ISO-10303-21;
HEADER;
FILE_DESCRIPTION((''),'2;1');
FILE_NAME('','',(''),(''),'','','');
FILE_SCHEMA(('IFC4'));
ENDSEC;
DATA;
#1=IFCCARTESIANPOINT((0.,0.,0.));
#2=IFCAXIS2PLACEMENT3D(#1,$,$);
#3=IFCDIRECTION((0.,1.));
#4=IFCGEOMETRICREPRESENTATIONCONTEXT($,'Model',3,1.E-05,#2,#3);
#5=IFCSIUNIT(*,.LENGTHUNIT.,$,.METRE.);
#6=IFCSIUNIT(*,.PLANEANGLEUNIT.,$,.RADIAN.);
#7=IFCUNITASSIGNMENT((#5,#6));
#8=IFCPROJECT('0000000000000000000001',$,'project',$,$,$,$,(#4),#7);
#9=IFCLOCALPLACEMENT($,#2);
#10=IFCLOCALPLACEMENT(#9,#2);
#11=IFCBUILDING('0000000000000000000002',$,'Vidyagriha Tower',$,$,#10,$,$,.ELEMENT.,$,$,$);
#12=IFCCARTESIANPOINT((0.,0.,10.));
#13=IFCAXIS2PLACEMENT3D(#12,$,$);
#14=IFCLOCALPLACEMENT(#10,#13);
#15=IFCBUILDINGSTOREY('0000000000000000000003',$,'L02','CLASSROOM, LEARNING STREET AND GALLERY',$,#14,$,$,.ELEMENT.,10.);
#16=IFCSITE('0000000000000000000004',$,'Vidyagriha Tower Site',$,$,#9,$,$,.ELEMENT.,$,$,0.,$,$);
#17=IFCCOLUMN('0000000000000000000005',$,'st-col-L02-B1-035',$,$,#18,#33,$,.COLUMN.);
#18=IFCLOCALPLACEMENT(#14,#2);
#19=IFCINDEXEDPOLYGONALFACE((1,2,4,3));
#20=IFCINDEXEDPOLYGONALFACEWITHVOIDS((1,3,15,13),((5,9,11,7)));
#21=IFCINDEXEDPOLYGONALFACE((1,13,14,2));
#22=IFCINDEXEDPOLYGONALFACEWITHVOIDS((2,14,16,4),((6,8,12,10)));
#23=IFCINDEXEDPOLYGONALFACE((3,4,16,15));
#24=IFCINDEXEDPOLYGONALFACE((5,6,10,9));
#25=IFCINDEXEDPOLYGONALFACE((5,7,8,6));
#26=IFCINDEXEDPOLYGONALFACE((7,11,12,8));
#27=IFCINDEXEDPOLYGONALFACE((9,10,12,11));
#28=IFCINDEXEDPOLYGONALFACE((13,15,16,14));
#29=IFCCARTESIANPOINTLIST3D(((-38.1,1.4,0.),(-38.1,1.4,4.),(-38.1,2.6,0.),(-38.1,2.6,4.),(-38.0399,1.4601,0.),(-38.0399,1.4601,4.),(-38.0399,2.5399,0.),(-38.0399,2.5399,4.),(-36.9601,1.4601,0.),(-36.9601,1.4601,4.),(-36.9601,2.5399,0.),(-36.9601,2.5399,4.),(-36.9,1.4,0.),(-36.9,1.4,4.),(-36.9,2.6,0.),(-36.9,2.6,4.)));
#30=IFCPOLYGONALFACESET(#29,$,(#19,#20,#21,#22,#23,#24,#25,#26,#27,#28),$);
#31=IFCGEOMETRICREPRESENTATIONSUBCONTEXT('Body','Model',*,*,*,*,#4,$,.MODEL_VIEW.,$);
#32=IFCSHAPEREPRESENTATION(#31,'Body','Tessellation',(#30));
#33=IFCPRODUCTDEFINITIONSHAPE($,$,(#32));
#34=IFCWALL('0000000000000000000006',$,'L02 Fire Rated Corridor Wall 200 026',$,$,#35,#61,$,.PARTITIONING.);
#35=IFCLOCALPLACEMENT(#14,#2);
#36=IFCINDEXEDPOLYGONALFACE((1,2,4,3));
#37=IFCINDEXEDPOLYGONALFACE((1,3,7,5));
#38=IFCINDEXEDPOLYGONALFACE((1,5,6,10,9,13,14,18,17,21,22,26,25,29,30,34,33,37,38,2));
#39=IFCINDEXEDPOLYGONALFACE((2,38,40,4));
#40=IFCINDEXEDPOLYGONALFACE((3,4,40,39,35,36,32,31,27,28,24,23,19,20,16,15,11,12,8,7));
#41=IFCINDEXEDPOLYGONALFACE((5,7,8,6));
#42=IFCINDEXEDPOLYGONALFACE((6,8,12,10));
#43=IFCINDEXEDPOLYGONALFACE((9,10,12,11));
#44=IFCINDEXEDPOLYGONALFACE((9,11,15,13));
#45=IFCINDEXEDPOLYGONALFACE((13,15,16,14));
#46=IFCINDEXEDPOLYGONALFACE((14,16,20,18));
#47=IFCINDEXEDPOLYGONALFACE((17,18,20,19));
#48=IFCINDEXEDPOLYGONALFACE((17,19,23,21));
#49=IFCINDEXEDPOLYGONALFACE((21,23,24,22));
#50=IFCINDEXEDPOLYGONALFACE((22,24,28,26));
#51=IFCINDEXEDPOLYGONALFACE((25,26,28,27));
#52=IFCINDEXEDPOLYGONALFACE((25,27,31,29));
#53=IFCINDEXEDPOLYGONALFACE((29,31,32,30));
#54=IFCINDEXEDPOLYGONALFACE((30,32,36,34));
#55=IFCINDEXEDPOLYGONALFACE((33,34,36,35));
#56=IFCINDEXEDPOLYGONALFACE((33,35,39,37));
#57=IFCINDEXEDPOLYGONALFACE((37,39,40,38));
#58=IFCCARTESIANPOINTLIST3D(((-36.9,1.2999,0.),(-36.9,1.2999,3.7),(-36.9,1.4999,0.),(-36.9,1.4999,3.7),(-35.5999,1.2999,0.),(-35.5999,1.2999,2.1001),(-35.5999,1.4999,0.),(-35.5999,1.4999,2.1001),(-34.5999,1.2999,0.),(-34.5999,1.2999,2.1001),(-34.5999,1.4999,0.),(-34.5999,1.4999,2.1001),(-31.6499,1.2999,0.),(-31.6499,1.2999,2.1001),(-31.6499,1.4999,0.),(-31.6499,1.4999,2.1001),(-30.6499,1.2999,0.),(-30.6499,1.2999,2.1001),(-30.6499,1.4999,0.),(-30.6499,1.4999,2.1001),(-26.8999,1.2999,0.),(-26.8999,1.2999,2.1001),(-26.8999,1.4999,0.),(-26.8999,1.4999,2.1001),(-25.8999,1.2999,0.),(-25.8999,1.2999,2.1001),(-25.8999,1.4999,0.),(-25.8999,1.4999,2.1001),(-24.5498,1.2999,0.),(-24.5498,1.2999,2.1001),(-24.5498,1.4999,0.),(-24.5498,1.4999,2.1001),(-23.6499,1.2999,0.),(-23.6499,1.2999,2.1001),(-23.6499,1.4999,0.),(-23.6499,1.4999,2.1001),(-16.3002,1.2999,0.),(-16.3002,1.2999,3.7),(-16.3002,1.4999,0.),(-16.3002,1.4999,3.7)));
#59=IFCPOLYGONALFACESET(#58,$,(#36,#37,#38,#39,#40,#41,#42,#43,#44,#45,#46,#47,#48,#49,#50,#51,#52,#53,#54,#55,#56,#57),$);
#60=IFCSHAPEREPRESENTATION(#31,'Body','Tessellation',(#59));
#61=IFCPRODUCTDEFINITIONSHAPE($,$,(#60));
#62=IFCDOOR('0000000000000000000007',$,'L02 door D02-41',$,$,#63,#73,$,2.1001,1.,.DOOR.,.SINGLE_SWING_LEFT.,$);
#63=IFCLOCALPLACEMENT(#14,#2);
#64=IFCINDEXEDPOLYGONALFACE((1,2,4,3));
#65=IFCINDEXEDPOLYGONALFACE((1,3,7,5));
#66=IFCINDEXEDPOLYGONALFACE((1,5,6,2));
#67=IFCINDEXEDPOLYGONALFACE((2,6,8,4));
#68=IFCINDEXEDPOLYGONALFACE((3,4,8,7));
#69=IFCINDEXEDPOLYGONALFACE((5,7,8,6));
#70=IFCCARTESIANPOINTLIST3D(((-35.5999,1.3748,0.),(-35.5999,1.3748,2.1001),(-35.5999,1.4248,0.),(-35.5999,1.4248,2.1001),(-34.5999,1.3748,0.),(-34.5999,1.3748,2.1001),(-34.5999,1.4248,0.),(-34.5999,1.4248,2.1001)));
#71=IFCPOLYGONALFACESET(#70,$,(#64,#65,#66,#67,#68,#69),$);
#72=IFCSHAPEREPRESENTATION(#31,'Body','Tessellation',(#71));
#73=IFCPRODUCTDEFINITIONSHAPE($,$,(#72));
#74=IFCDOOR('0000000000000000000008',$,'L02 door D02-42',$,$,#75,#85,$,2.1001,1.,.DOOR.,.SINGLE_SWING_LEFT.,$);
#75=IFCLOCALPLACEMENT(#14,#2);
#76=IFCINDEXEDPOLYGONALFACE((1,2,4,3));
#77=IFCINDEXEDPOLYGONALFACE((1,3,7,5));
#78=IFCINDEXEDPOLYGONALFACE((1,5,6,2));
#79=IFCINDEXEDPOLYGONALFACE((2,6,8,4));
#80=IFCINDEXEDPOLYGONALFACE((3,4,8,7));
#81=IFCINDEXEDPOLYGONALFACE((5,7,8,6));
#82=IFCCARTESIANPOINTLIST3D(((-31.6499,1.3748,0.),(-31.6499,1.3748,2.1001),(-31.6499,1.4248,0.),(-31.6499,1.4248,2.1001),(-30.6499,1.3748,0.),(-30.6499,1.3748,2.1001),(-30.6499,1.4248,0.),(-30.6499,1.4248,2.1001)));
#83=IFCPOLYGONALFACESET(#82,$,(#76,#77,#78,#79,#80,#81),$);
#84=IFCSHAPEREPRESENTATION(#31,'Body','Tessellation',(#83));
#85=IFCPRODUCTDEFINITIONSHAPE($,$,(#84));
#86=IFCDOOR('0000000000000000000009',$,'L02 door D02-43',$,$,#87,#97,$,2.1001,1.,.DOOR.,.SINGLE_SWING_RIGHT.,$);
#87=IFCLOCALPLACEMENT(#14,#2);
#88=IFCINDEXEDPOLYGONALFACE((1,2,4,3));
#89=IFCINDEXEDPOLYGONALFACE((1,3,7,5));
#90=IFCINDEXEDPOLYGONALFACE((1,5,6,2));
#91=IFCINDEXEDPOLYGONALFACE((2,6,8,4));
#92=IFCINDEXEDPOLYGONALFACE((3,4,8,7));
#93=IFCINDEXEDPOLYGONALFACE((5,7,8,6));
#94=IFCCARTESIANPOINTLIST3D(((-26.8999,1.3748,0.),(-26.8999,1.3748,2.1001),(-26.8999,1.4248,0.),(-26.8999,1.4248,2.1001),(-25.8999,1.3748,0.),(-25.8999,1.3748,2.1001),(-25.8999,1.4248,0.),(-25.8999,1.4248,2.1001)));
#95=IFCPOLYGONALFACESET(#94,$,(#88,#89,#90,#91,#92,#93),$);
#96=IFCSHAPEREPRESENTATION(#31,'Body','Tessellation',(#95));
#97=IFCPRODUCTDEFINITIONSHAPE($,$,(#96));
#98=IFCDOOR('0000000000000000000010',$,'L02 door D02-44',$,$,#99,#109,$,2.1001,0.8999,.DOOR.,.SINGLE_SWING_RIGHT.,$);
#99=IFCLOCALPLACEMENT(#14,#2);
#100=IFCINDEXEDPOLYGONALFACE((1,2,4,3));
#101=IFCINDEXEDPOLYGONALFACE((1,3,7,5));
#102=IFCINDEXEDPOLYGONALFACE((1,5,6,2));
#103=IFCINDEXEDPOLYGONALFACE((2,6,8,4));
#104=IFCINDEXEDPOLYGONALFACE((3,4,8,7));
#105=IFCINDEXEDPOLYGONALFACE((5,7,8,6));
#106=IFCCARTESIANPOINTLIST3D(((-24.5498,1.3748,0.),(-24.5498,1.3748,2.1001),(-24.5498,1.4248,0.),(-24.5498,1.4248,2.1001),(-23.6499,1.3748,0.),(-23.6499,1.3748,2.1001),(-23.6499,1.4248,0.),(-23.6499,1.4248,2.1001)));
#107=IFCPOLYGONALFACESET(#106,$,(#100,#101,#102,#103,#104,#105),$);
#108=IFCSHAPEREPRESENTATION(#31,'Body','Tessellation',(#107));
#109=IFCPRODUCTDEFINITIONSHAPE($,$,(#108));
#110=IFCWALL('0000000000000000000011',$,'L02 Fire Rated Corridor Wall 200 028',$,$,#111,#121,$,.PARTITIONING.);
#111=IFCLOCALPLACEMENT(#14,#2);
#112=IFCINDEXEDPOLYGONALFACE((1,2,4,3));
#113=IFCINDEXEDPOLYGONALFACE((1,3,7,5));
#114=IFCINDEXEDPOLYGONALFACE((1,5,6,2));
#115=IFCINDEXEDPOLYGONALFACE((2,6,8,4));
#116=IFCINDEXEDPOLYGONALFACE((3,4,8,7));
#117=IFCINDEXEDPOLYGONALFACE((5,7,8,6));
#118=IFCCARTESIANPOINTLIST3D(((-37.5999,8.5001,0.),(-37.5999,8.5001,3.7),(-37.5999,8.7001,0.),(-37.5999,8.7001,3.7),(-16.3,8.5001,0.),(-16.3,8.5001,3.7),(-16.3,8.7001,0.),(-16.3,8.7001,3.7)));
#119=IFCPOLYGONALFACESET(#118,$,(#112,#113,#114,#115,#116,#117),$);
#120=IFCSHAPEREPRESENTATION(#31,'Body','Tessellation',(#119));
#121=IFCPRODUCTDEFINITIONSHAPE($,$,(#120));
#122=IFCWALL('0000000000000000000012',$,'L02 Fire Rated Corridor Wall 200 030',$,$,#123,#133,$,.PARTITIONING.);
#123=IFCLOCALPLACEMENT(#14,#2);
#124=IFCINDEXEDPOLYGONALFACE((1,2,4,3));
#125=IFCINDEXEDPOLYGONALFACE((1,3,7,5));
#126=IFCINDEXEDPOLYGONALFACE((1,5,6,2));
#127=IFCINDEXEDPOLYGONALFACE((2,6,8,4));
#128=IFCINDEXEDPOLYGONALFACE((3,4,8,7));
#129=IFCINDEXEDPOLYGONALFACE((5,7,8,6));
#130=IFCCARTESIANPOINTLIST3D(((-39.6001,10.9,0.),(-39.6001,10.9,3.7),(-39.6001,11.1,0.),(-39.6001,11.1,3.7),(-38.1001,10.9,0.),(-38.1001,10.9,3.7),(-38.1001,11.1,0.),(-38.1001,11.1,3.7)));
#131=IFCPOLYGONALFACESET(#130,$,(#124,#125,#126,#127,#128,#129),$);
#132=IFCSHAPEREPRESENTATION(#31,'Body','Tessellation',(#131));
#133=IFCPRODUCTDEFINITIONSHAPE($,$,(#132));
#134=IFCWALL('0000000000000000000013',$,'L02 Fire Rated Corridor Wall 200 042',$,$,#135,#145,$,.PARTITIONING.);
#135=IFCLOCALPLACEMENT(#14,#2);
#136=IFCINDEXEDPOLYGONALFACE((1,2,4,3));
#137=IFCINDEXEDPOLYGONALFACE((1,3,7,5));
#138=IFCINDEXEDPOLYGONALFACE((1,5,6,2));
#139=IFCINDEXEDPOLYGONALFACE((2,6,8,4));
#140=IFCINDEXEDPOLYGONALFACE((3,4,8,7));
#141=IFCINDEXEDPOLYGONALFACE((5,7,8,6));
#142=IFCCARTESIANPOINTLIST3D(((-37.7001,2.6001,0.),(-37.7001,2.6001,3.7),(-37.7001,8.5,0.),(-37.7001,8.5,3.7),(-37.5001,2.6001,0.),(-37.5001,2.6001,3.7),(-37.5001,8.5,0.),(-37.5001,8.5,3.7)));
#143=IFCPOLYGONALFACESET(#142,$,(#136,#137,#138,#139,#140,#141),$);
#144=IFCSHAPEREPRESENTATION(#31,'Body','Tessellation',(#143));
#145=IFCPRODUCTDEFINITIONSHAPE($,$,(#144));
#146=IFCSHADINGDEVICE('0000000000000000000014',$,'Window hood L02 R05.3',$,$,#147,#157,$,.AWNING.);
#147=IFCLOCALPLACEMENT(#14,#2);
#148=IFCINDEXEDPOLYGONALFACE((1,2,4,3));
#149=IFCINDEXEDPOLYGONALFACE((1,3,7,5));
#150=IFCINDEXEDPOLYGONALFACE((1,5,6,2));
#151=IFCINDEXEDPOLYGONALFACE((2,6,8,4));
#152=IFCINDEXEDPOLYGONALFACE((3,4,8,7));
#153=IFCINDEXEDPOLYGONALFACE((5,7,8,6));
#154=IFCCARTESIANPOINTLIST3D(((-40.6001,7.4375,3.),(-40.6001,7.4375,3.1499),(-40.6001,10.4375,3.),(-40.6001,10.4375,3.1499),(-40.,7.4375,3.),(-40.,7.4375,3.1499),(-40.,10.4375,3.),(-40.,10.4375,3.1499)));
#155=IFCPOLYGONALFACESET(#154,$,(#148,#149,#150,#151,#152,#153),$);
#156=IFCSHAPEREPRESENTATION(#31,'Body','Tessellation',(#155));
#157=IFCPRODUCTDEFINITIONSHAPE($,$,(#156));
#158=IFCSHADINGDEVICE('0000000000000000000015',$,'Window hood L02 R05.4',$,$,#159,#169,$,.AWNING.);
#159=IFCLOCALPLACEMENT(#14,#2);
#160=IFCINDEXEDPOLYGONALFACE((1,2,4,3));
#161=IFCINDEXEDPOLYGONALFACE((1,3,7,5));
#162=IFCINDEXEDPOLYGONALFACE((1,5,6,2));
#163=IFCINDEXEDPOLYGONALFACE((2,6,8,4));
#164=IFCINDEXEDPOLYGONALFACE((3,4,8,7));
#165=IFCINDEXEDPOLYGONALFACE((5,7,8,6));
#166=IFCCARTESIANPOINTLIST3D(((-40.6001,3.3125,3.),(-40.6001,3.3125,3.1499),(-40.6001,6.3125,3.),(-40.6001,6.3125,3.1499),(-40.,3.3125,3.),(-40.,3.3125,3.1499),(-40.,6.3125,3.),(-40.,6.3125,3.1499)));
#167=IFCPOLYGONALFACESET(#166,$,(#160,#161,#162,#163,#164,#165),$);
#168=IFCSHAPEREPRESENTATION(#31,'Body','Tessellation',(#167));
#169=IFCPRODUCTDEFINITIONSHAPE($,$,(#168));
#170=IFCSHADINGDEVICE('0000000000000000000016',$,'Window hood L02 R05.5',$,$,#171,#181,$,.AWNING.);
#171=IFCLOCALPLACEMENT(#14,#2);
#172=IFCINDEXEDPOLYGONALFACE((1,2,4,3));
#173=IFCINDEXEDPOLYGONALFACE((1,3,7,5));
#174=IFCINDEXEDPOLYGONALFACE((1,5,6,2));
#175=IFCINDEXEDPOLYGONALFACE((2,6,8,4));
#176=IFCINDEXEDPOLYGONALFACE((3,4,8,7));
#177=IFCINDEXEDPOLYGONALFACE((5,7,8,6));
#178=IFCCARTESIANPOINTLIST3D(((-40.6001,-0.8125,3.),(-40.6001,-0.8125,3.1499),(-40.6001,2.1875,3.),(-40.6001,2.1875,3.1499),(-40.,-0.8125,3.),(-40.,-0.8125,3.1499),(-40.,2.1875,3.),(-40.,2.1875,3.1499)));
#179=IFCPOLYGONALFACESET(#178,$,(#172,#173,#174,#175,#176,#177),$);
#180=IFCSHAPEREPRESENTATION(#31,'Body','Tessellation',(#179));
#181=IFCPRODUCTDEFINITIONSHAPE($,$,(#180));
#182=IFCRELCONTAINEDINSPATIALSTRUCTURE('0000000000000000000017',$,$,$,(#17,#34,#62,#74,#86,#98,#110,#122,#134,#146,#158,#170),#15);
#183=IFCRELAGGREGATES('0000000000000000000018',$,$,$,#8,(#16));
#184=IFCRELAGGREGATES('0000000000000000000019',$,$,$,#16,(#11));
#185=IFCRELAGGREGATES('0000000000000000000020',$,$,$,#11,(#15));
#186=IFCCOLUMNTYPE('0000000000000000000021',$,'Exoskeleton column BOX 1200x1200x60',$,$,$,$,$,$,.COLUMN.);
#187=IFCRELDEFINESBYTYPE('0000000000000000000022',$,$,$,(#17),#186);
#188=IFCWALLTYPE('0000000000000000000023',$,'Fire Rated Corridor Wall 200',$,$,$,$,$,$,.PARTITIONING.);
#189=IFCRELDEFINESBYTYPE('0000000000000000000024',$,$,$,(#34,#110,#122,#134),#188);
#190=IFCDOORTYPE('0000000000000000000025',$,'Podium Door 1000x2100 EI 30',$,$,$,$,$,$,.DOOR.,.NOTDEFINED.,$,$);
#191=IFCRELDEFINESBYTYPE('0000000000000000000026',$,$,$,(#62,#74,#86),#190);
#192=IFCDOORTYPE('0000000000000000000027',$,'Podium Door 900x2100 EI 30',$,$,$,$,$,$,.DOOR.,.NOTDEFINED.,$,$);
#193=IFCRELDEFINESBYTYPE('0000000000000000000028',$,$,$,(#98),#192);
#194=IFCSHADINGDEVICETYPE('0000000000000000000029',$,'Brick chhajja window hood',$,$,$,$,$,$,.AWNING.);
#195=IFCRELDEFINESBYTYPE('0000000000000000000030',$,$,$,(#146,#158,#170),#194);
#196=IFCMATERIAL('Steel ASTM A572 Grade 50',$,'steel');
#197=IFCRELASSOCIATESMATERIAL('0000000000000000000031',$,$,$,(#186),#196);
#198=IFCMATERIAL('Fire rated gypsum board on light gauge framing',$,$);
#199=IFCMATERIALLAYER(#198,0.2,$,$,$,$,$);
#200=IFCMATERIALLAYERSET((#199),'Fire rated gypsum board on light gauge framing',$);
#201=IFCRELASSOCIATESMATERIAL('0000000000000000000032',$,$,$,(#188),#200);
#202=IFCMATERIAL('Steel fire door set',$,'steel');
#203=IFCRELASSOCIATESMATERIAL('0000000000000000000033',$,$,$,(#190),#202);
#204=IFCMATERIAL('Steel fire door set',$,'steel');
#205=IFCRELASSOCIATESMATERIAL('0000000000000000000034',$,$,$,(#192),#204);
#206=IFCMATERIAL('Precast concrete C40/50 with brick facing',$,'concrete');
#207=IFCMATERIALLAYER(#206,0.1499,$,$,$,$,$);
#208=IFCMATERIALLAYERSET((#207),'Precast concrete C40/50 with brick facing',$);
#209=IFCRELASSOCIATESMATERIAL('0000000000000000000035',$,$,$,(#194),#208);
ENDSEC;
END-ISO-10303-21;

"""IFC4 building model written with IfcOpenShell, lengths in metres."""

from ifc_helpers import new_model, si_unit, direction, frame, frame_2d, origin, origin_2d, place, context, subcontext, project, spatial, rectangle, hollow_rectangle, extrude, material, layer, layer_set, material_profile, profile_set, type_object, element, fill, save


model = new_model("IFC4")

# Units and contexts
model_context = context("Model", 3, precision=1e-05, world=origin(), true_north=direction((0.0, 1.0)))
body_context = subcontext(model_context, "Body", "Model", "MODEL_VIEW")
ifc_project = project(units=[si_unit("LENGTHUNIT", "METRE"), si_unit("PLANEANGLEUNIT", "RADIAN")], contexts=[model_context])

# Site, building, storey
site_placement = place(None, origin())
site = spatial("IfcSite", under=ifc_project, at=site_placement, Name="Vidyagriha Tower Site", CompositionType="ELEMENT", RefElevation=0.0)
building_placement = place(site_placement, origin())
building = spatial("IfcBuilding", under=site, at=building_placement, Name="Vidyagriha Tower", CompositionType="ELEMENT")
storey_placement = place(building_placement, frame((0.0, 0.0, 10.0)))
storey = spatial("IfcBuildingStorey", under=building, at=storey_placement, Name="L02", Description="CLASSROOM, LEARNING STREET AND GALLERY", CompositionType="ELEMENT", Elevation=10.0)

# Column
ifc_material_1 = material(Name="Steel ASTM A572 Grade 50", Category="steel")
ifc_material_profile = material_profile(ifc_material_1, hollow_rectangle(XDim=1.2, YDim=1.2, WallThickness=0.0601, at=origin_2d()), Name="BOX 1200x1200x60")
ifc_profile_set = profile_set([ifc_material_profile], Name="Steel ASTM A572 Grade 50")
column_type = type_object("IfcColumnType", Name="Exoskeleton column BOX 1200x1200x60", PredefinedType="COLUMN", material=ifc_profile_set)
column_placement = place(storey_placement, frame((-37.5, 2.0, 0.0)))
element("IfcColumn", 1, at=column_placement, inside=storey, type_object=column_type, Name="st-col-L02-B1-035", PredefinedType="COLUMN", context=body_context, shape_type="SweptSolid", body=[
    extrude(hollow_rectangle(XDim=1.2, YDim=1.2, WallThickness=0.0601, at=origin_2d()), origin(), (0.0, 0.0, 1.0), 4.0),
])

# Wall, openings, doors
ifc_material_2 = material(Name="Fire rated gypsum board on light gauge framing")
ifc_layer_1 = layer(ifc_material_2, 0.2)
ifc_layer_set_1 = layer_set([ifc_layer_1], Name="Fire rated gypsum board on light gauge framing")
wall_type = type_object("IfcWallType", Name="Fire Rated Corridor Wall 200", PredefinedType="PARTITIONING", material=ifc_layer_set_1)
wall_1_placement = place(storey_placement, frame((-36.8999, 1.3999, 0.0)))
wall_1 = element("IfcWall", 2, at=wall_1_placement, inside=storey, type_object=wall_type, Name="L02 Fire Rated Corridor Wall 200 026", PredefinedType="PARTITIONING", context=body_context, shape_type="SweptSolid", body=[
    extrude(rectangle(XDim=20.5999, YDim=0.2, at=frame_2d((10.2998, 0.0))), origin(), (0.0, 0.0, 1.0), 3.7),
])
opening_1_placement = place(wall_1_placement, frame((1.3, 0.0, 0.0)))
opening_1 = element("IfcOpeningElement", 3, at=opening_1_placement, cuts=wall_1, PredefinedType="OPENING", context=body_context, shape_type="SweptSolid", body=[
    extrude(rectangle(XDim=1.0, YDim=2.1001, at=frame_2d((0.5, 1.05))), frame((0.0, 0.1099, 0.0), z_axis=(0.0, -1.0, 0.0), x_axis=(1.0, 0.0, 0.0)), (0.0, 0.0, 1.0), 0.22),
])
opening_2_placement = place(wall_1_placement, frame((5.25, 0.0, 0.0)))
opening_2 = element("IfcOpeningElement", 4, at=opening_2_placement, cuts=wall_1, PredefinedType="OPENING", context=body_context, shape_type="SweptSolid", body=[
    extrude(rectangle(XDim=1.0, YDim=2.1001, at=frame_2d((0.5, 1.05))), frame((0.0, 0.1099, 0.0), z_axis=(0.0, -1.0, 0.0), x_axis=(1.0, 0.0, 0.0)), (0.0, 0.0, 1.0), 0.22),
])
opening_3_placement = place(wall_1_placement, frame((10.0, 0.0, 0.0)))
opening_3 = element("IfcOpeningElement", 5, at=opening_3_placement, cuts=wall_1, PredefinedType="OPENING", context=body_context, shape_type="SweptSolid", body=[
    extrude(rectangle(XDim=1.0, YDim=2.1001, at=frame_2d((0.5, 1.05))), frame((0.0, 0.1099, 0.0), z_axis=(0.0, -1.0, 0.0), x_axis=(1.0, 0.0, 0.0)), (0.0, 0.0, 1.0), 0.22),
])
opening_4_placement = place(wall_1_placement, frame((12.3501, 0.0, 0.0)))
opening_4 = element("IfcOpeningElement", 6, at=opening_4_placement, cuts=wall_1, PredefinedType="OPENING", context=body_context, shape_type="SweptSolid", body=[
    extrude(rectangle(XDim=0.8999, YDim=2.1001, at=frame_2d((0.45, 1.05))), frame((0.0, 0.1099, 0.0), z_axis=(0.0, -1.0, 0.0), x_axis=(1.0, 0.0, 0.0)), (0.0, 0.0, 1.0), 0.22),
])
ifc_material_3 = material(Name="Steel fire door set", Category="steel")
door_type_1 = type_object("IfcDoorType", Name="Podium Door 1000x2100 EI 30", OperationType="NOTDEFINED", PredefinedType="DOOR", material=ifc_material_3)
door_1_placement = place(opening_1_placement, origin())
door_1 = element("IfcDoor", 7, at=door_1_placement, inside=storey, type_object=door_type_1, Name="L02 door D02-41", OperationType="SINGLE_SWING_LEFT", OverallHeight=2.1001, OverallWidth=1.0, PredefinedType="DOOR", context=body_context, shape_type="SweptSolid", body=[
    extrude(rectangle(XDim=1.0, YDim=2.1001, at=frame_2d((0.5, 1.05))), frame((0.0, 0.0249, 0.0), z_axis=(0.0, -1.0, 0.0), x_axis=(1.0, 0.0, 0.0)), (0.0, 0.0, 1.0), 0.05),
])
fill(opening_1, door_1)
door_2_placement = place(opening_2_placement, origin())
door_2 = element("IfcDoor", 8, at=door_2_placement, inside=storey, type_object=door_type_1, Name="L02 door D02-42", OperationType="SINGLE_SWING_LEFT", OverallHeight=2.1001, OverallWidth=1.0, PredefinedType="DOOR", context=body_context, shape_type="SweptSolid", body=[
    extrude(rectangle(XDim=1.0, YDim=2.1001, at=frame_2d((0.5, 1.05))), frame((0.0, 0.0249, 0.0), z_axis=(0.0, -1.0, 0.0), x_axis=(1.0, 0.0, 0.0)), (0.0, 0.0, 1.0), 0.05),
])
fill(opening_2, door_2)
door_3_placement = place(opening_3_placement, origin())
door_3 = element("IfcDoor", 9, at=door_3_placement, inside=storey, type_object=door_type_1, Name="L02 door D02-43", OperationType="SINGLE_SWING_RIGHT", OverallHeight=2.1001, OverallWidth=1.0, PredefinedType="DOOR", context=body_context, shape_type="SweptSolid", body=[
    extrude(rectangle(XDim=1.0, YDim=2.1001, at=frame_2d((0.5, 1.05))), frame((0.0, 0.0249, 0.0), z_axis=(0.0, -1.0, 0.0), x_axis=(1.0, 0.0, 0.0)), (0.0, 0.0, 1.0), 0.05),
])
fill(opening_3, door_3)
ifc_material_4 = material(Name="Steel fire door set", Category="steel")
door_type_2 = type_object("IfcDoorType", Name="Podium Door 900x2100 EI 30", OperationType="NOTDEFINED", PredefinedType="DOOR", material=ifc_material_4)
door_4_placement = place(opening_4_placement, origin())
door_4 = element("IfcDoor", 10, at=door_4_placement, inside=storey, type_object=door_type_2, Name="L02 door D02-44", OperationType="SINGLE_SWING_RIGHT", OverallHeight=2.1001, OverallWidth=0.8999, PredefinedType="DOOR", context=body_context, shape_type="SweptSolid", body=[
    extrude(rectangle(XDim=0.8999, YDim=2.1001, at=frame_2d((0.45, 1.05))), frame((0.0, 0.0249, 0.0), z_axis=(0.0, -1.0, 0.0), x_axis=(1.0, 0.0, 0.0)), (0.0, 0.0, 1.0), 0.05),
])
fill(opening_4, door_4)

# Walls
wall_2_placement = place(storey_placement, frame((-37.5999, 8.6001, 0.0)))
element("IfcWall", 11, at=wall_2_placement, inside=storey, type_object=wall_type, Name="L02 Fire Rated Corridor Wall 200 028", PredefinedType="PARTITIONING", context=body_context, shape_type="SweptSolid", body=[
    extrude(rectangle(XDim=21.2998, YDim=0.2, at=frame_2d((10.6499, 0.0))), origin(), (0.0, 0.0, 1.0), 3.7),
])
wall_3_placement = place(storey_placement, frame((-39.6001, 11.0, 0.0)))
element("IfcWall", 12, at=wall_3_placement, inside=storey, type_object=wall_type, Name="L02 Fire Rated Corridor Wall 200 030", PredefinedType="PARTITIONING", context=body_context, shape_type="SweptSolid", body=[
    extrude(rectangle(XDim=1.5, YDim=0.2, at=frame_2d((0.75, 0.0))), origin(), (0.0, 0.0, 1.0), 3.7),
])
wall_4_placement = place(storey_placement, frame((-37.6001, 2.6001, 0.0), z_axis=(0.0, 0.0, 1.0), x_axis=(0.0, 1.0, 0.0)))
element("IfcWall", 13, at=wall_4_placement, inside=storey, type_object=wall_type, Name="L02 Fire Rated Corridor Wall 200 042", PredefinedType="PARTITIONING", context=body_context, shape_type="SweptSolid", body=[
    extrude(rectangle(XDim=5.8999, YDim=0.2, at=frame_2d((2.95, 0.0))), origin(), (0.0, 0.0, 1.0), 3.7),
])

# Shading devices
ifc_material_5 = material(Name="Precast concrete C40/50 with brick facing", Category="concrete")
ifc_layer_2 = layer(ifc_material_5, 0.1499)
ifc_layer_set_2 = layer_set([ifc_layer_2], Name="Precast concrete C40/50 with brick facing")
shading_device_type = type_object("IfcShadingDeviceType", Name="Brick chhajja window hood", PredefinedType="AWNING", material=ifc_layer_set_2)
for number, where, z_axis, x_axis, name in (
    (14, (-40.3, 8.9375, 3.0), (0.0, 0.0, 1.0), (0.0, -1.0, 0.0), "Window hood L02 R05.3"),
    (15, (-40.3, 4.8125, 3.0), (0.0, 0.0, 1.0), (0.0, -1.0, 0.0), "Window hood L02 R05.4"),
    (16, (-40.3, 0.6875, 3.0), (0.0, 0.0, 1.0), (0.0, -1.0, 0.0), "Window hood L02 R05.5"),
):
    element("IfcShadingDevice", number, at=place(storey_placement, frame(where, z_axis=z_axis, x_axis=x_axis)), inside=storey, type_object=shading_device_type, Name=name, PredefinedType="AWNING", context=body_context, shape_type="SweptSolid", body=[
        extrude(rectangle(XDim=3.0, YDim=0.6001, at=origin_2d()), origin(), (0.0, 0.0, 1.0), 0.1499),
    ])

save(model, "model.ifc")
